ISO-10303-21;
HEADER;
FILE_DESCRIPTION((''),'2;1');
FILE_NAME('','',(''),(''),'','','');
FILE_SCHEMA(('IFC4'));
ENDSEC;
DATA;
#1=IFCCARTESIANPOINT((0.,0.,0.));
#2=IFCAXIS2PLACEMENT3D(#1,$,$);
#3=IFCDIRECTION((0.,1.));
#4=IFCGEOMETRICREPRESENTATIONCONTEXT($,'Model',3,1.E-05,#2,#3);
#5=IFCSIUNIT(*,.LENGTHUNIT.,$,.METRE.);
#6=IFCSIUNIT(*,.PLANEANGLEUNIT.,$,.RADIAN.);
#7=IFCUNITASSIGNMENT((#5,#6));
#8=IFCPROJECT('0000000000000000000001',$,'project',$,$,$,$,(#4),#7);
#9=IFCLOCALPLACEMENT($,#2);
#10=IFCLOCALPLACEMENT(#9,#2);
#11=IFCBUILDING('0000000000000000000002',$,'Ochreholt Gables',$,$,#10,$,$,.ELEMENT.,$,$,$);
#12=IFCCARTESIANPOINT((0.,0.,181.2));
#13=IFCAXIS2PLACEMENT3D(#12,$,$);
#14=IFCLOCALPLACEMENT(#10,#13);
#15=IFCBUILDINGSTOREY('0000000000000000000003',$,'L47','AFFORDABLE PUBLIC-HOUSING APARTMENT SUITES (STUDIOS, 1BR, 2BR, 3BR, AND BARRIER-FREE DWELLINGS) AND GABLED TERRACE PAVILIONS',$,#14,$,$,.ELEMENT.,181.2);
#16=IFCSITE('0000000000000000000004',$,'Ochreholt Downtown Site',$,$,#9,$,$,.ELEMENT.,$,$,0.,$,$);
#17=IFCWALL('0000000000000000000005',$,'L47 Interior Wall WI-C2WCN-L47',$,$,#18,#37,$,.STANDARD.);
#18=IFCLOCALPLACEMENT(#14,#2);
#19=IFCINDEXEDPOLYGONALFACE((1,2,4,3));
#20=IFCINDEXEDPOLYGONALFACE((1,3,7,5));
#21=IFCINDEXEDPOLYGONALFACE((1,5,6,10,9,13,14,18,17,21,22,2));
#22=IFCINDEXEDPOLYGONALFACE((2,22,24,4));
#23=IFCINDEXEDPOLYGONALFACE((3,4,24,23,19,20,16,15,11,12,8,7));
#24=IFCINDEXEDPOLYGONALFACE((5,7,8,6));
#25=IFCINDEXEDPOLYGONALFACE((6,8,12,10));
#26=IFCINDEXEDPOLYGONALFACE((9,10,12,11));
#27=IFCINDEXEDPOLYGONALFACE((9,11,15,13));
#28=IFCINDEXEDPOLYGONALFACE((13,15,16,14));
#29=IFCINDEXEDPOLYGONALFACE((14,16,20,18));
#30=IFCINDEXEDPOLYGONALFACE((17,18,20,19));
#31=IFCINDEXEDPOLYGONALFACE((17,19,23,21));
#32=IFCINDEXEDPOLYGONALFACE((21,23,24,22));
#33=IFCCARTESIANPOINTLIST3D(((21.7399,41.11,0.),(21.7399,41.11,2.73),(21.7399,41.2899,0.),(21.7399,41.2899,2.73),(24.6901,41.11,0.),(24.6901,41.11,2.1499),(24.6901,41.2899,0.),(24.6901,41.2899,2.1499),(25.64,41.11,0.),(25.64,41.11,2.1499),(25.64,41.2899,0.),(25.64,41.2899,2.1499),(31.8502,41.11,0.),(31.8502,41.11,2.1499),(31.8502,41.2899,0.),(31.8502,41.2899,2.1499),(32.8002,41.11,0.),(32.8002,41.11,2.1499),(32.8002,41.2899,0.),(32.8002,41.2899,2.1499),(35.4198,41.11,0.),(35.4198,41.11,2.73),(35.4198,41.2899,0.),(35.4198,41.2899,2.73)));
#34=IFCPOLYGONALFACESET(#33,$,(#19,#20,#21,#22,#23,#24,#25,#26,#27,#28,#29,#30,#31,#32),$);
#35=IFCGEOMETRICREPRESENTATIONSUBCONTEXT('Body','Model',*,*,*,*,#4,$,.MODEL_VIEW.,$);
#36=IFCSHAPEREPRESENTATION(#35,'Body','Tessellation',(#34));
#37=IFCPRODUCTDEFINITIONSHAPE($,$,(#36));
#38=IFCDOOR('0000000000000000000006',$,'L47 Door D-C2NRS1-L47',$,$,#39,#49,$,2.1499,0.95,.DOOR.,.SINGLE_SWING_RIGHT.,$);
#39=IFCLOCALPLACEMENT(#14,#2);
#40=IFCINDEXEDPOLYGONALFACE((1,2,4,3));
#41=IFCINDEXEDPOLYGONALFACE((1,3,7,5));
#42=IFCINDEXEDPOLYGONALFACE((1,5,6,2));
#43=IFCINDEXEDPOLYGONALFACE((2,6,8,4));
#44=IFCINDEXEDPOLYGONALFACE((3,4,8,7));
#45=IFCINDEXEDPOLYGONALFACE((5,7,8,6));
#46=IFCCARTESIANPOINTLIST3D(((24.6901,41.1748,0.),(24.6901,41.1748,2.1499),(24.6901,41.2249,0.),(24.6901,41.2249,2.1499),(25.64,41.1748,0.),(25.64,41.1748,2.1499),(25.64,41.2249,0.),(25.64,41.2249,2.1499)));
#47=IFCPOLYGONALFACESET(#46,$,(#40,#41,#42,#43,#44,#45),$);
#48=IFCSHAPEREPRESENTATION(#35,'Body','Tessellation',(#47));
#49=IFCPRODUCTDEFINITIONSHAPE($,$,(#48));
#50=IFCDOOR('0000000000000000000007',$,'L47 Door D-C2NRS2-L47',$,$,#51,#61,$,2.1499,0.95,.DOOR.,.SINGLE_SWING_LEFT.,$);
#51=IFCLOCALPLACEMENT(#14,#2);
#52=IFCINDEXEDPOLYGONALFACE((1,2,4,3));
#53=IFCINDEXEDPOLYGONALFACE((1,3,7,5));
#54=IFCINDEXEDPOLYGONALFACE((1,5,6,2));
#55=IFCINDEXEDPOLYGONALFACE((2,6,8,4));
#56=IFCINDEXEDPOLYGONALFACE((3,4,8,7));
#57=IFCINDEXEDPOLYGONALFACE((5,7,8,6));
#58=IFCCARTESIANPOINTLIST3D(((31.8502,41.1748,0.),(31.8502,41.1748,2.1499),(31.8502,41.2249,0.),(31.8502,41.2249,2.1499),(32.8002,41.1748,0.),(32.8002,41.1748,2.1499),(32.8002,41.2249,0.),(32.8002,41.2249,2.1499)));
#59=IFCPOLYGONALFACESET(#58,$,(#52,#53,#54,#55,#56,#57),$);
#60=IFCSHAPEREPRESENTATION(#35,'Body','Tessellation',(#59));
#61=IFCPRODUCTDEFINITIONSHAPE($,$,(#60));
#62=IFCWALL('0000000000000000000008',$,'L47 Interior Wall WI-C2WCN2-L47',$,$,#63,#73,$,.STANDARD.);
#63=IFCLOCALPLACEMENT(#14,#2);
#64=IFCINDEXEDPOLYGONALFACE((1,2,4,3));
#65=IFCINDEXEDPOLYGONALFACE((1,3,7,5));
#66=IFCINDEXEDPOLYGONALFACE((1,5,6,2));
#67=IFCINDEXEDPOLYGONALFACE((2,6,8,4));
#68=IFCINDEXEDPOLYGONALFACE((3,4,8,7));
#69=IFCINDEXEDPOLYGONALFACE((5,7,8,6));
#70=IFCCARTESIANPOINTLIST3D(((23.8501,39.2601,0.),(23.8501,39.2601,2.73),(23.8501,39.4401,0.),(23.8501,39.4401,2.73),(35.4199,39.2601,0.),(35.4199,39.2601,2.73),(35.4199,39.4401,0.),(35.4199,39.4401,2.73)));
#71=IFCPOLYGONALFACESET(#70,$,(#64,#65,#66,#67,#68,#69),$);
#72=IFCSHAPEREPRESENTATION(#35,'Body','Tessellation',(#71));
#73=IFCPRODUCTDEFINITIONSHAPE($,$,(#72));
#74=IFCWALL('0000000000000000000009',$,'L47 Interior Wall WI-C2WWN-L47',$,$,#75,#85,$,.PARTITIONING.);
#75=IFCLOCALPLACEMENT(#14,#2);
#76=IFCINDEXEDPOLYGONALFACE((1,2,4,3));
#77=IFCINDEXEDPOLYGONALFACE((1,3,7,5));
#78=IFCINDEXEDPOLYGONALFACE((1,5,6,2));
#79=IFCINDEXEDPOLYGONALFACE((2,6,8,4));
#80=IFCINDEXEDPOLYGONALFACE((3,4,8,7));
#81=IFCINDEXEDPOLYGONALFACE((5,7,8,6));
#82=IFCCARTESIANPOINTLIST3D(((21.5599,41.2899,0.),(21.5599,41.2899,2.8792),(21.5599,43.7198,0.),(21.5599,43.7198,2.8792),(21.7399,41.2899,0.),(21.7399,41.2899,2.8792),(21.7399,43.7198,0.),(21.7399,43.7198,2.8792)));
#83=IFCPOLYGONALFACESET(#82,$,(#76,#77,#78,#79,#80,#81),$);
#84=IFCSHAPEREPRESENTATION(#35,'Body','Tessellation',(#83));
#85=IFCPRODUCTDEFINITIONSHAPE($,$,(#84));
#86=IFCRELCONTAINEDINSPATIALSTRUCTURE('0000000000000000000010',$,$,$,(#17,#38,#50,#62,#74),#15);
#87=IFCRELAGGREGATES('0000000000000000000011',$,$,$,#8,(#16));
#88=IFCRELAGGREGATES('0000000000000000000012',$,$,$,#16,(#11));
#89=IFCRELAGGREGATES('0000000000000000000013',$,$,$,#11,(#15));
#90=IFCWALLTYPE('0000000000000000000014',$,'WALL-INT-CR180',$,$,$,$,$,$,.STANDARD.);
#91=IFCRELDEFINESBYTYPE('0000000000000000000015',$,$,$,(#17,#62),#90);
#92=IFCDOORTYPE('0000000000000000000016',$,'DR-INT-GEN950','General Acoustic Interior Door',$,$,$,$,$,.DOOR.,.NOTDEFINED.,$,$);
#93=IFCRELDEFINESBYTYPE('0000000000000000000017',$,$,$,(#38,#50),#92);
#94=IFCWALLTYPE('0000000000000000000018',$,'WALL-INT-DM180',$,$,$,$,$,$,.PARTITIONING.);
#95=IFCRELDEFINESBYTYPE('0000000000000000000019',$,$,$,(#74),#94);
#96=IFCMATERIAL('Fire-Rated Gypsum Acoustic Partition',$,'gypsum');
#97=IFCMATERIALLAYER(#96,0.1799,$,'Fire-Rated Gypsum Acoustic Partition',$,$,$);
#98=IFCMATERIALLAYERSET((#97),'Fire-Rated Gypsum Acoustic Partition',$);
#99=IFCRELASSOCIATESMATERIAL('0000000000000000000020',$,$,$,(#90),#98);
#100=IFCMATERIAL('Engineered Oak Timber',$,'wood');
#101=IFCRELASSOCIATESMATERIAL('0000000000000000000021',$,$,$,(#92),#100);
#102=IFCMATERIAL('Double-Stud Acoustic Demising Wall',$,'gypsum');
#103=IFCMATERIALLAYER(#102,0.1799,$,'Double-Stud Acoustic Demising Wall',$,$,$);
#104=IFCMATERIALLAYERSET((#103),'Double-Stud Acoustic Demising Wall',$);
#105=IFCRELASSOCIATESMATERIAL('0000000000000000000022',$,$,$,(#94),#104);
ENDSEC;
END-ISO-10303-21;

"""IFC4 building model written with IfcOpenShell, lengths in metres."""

from ifc_helpers import new_model, si_unit, direction, frame, frame_2d, origin, place, context, subcontext, project, spatial, rectangle, extrude, material, layer, layer_set, type_object, element, fill, save


model = new_model("IFC4")

# Units and contexts
model_context = context("Model", 3, precision=1e-05, world=origin(), true_north=direction((0.0, 1.0)))
body_context = subcontext(model_context, "Body", "Model", "MODEL_VIEW")
ifc_project = project(units=[si_unit("LENGTHUNIT", "METRE"), si_unit("PLANEANGLEUNIT", "RADIAN")], contexts=[model_context])

# Site, building, storey
site_placement = place(None, origin())
site = spatial("IfcSite", under=ifc_project, at=site_placement, Name="Ochreholt Downtown Site", CompositionType="ELEMENT", RefElevation=0.0)
building_placement = place(site_placement, origin())
building = spatial("IfcBuilding", under=site, at=building_placement, Name="Ochreholt Gables", CompositionType="ELEMENT")
storey_placement = place(building_placement, frame((0.0, 0.0, 181.2)))
storey = spatial("IfcBuildingStorey", under=building, at=storey_placement, Name="L47", Description="AFFORDABLE PUBLIC-HOUSING APARTMENT SUITES (STUDIOS, 1BR, 2BR, 3BR, AND BARRIER-FREE DWELLINGS) AND GABLED TERRACE PAVILIONS", CompositionType="ELEMENT", Elevation=181.2)

# Wall, openings, doors
ifc_material_1 = material(Name="Fire-Rated Gypsum Acoustic Partition", Category="gypsum")
ifc_layer_1 = layer(ifc_material_1, 0.1799, Name="Fire-Rated Gypsum Acoustic Partition")
ifc_layer_set_1 = layer_set([ifc_layer_1], Name="Fire-Rated Gypsum Acoustic Partition")
wall_type_1 = type_object("IfcWallType", Name="WALL-INT-CR180", PredefinedType="STANDARD", material=ifc_layer_set_1)
wall_1_placement = place(storey_placement, frame((21.74, 41.2, 0.0), z_axis=(0.0, 0.0, 1.0), x_axis=(1.0, 0.0, 0.0)))
wall_1 = element("IfcWall", 1, at=wall_1_placement, inside=storey, type_object=wall_type_1, Name="L47 Interior Wall WI-C2WCN-L47", PredefinedType="STANDARD", context=body_context, shape_type="SweptSolid", body=[
    extrude(rectangle(XDim=13.6799, YDim=0.1799, at=frame_2d((6.8398, 0.0))), origin(), (0.0, 0.0, 1.0), 2.73),
])
opening_1_placement = place(wall_1_placement, frame((2.95, 0.0, 0.0)))
opening_1 = element("IfcOpeningElement", 2, at=opening_1_placement, cuts=wall_1, PredefinedType="OPENING", context=body_context, shape_type="SweptSolid", body=[
    extrude(rectangle(XDim=0.95, YDim=2.1499, at=frame_2d((0.4751, 1.075))), frame((0.0, 0.0999, 0.0), z_axis=(0.0, -1.0, 0.0), x_axis=(1.0, 0.0, 0.0)), (0.0, 0.0, 1.0), 0.2),
])
opening_2_placement = place(wall_1_placement, frame((10.1101, 0.0, 0.0)))
opening_2 = element("IfcOpeningElement", 3, at=opening_2_placement, cuts=wall_1, PredefinedType="OPENING", context=body_context, shape_type="SweptSolid", body=[
    extrude(rectangle(XDim=0.95, YDim=2.1499, at=frame_2d((0.4751, 1.075))), frame((0.0, 0.0999, 0.0), z_axis=(0.0, -1.0, 0.0), x_axis=(1.0, 0.0, 0.0)), (0.0, 0.0, 1.0), 0.2),
])
ifc_material_2 = material(Name="Engineered Oak Timber", Category="wood")
door_type = type_object("IfcDoorType", Name="DR-INT-GEN950", Description="General Acoustic Interior Door", OperationType="NOTDEFINED", PredefinedType="DOOR", material=ifc_material_2)
door_1_placement = place(opening_1_placement, origin())
door_1 = element("IfcDoor", 4, at=door_1_placement, inside=storey, type_object=door_type, Name="L47 Door D-C2NRS1-L47", OperationType="SINGLE_SWING_RIGHT", OverallHeight=2.1499, OverallWidth=0.95, PredefinedType="DOOR", context=body_context, shape_type="SweptSolid", body=[
    extrude(rectangle(XDim=0.95, YDim=2.1499, at=frame_2d((0.4751, 1.075))), frame((0.0, 0.0249, 0.0), z_axis=(0.0, -1.0, 0.0), x_axis=(1.0, 0.0, 0.0)), (0.0, 0.0, 1.0), 0.05),
])
fill(opening_1, door_1)
door_2_placement = place(opening_2_placement, origin())
door_2 = element("IfcDoor", 5, at=door_2_placement, inside=storey, type_object=door_type, Name="L47 Door D-C2NRS2-L47", OperationType="SINGLE_SWING_LEFT", OverallHeight=2.1499, OverallWidth=0.95, PredefinedType="DOOR", context=body_context, shape_type="SweptSolid", body=[
    extrude(rectangle(XDim=0.95, YDim=2.1499, at=frame_2d((0.4751, 1.075))), frame((0.0, 0.0249, 0.0), z_axis=(0.0, -1.0, 0.0), x_axis=(1.0, 0.0, 0.0)), (0.0, 0.0, 1.0), 0.05),
])
fill(opening_2, door_2)

# Walls
wall_2_placement = place(storey_placement, frame((23.8501, 39.3501, 0.0), z_axis=(0.0, 0.0, 1.0), x_axis=(1.0, 0.0, 0.0)))
element("IfcWall", 6, at=wall_2_placement, inside=storey, type_object=wall_type_1, Name="L47 Interior Wall WI-C2WCN2-L47", PredefinedType="STANDARD", context=body_context, shape_type="SweptSolid", body=[
    extrude(rectangle(XDim=11.5698, YDim=0.1799, at=frame_2d((5.7849, 0.0))), origin(), (0.0, 0.0, 1.0), 2.73),
])
ifc_material_3 = material(Name="Double-Stud Acoustic Demising Wall", Category="gypsum")
ifc_layer_2 = layer(ifc_material_3, 0.1799, Name="Double-Stud Acoustic Demising Wall")
ifc_layer_set_2 = layer_set([ifc_layer_2], Name="Double-Stud Acoustic Demising Wall")
wall_type_2 = type_object("IfcWallType", Name="WALL-INT-DM180", PredefinedType="PARTITIONING", material=ifc_layer_set_2)
wall_3_placement = place(storey_placement, frame((21.6499, 41.29, 0.0), z_axis=(0.0, 0.0, 1.0), x_axis=(0.0, 1.0, 0.0)))
element("IfcWall", 7, at=wall_3_placement, inside=storey, type_object=wall_type_2, Name="L47 Interior Wall WI-C2WWN-L47", PredefinedType="PARTITIONING", context=body_context, shape_type="SweptSolid", body=[
    extrude(rectangle(XDim=2.4299, YDim=0.1799, at=frame_2d((1.2148, 0.0))), origin(), (0.0, 0.0, 1.0), 2.8792),
])

save(model, "model.ifc")
